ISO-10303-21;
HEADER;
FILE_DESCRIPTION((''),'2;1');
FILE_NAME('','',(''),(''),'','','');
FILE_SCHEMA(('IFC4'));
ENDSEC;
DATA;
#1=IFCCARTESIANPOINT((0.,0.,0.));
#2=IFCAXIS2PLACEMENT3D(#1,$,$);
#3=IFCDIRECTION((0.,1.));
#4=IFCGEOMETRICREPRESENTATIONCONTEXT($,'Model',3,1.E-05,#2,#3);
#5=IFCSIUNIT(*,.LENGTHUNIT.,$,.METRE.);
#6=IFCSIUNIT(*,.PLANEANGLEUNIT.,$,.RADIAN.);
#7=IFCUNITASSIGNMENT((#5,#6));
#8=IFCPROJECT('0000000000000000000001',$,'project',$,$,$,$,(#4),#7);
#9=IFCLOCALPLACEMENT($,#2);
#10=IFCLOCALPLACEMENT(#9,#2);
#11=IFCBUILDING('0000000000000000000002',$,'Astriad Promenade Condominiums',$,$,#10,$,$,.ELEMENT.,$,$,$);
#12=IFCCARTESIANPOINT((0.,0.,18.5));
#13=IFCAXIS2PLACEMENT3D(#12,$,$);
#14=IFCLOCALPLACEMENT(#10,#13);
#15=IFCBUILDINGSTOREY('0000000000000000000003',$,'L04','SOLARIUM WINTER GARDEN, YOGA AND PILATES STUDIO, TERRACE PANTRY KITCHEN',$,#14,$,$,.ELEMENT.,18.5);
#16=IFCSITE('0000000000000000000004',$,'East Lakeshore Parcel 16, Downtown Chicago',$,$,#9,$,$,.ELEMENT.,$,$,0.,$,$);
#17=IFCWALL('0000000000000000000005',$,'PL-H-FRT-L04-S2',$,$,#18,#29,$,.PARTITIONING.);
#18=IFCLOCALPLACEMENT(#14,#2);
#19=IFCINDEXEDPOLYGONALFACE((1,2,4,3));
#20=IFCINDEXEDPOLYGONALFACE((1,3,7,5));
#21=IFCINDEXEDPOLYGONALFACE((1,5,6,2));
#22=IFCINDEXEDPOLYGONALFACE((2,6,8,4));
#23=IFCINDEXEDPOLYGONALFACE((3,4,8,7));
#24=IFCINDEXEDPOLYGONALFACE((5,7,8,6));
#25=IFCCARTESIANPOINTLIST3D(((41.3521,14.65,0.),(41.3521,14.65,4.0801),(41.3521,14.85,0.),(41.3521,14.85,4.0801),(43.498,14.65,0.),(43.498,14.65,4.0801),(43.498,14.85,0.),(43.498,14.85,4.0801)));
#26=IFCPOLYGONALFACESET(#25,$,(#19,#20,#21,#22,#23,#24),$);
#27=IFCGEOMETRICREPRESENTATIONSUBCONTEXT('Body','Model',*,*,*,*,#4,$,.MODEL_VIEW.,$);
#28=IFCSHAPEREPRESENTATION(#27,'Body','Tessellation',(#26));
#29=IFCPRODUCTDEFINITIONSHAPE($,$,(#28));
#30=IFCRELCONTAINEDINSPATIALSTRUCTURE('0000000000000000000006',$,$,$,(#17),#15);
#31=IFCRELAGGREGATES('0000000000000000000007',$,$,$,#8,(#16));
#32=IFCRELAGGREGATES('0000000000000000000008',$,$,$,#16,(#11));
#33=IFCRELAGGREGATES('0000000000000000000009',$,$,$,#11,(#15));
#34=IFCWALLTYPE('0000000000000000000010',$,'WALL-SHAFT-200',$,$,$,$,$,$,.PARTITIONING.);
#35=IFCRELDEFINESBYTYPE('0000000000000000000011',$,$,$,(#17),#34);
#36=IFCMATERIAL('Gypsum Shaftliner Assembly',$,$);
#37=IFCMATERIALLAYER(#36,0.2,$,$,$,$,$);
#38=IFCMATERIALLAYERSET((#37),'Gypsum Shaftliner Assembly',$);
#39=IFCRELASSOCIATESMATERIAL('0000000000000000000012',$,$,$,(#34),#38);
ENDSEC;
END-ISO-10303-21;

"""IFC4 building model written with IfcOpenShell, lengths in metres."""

from ifc_helpers import new_model, si_unit, direction, frame, frame_2d, origin, place, context, subcontext, project, spatial, rectangle, extrude, material, layer, layer_set, type_object, element, save


model = new_model("IFC4")

# Units and contexts
model_context = context("Model", 3, precision=1e-05, world=origin(), true_north=direction((0.0, 1.0)))
body_context = subcontext(model_context, "Body", "Model", "MODEL_VIEW")
ifc_project = project(units=[si_unit("LENGTHUNIT", "METRE"), si_unit("PLANEANGLEUNIT", "RADIAN")], contexts=[model_context])

# Site, building, storey
site_placement = place(None, origin())
site = spatial("IfcSite", under=ifc_project, at=site_placement, Name="East Lakeshore Parcel 16, Downtown Chicago", CompositionType="ELEMENT", RefElevation=0.0)
building_placement = place(site_placement, origin())
building = spatial("IfcBuilding", under=site, at=building_placement, Name="Astriad Promenade Condominiums", CompositionType="ELEMENT")
storey_placement = place(building_placement, frame((0.0, 0.0, 18.5)))
storey = spatial("IfcBuildingStorey", under=building, at=storey_placement, Name="L04", Description="SOLARIUM WINTER GARDEN, YOGA AND PILATES STUDIO, TERRACE PANTRY KITCHEN", CompositionType="ELEMENT", Elevation=18.5)

# Wall
ifc_material_1 = material(Name="Gypsum Shaftliner Assembly")
ifc_layer_1 = layer(ifc_material_1, 0.2)
ifc_layer_set_1 = layer_set([ifc_layer_1], Name="Gypsum Shaftliner Assembly")
wall_type_1 = type_object("IfcWallType", Name="WALL-SHAFT-200", PredefinedType="PARTITIONING", material=ifc_layer_set_1)
for number, where, z_axis, x_axis, name in (
    (1, (41.3521, 14.75, 0.0), (0.0, 0.0, 1.0), (1.0, 0.0, 0.0), "PL-H-FRT-L04-S2"),
):
    element("IfcWall", number, at=place(storey_placement, frame(where, z_axis=z_axis, x_axis=x_axis)), inside=storey, type_object=wall_type_1, Name=name, PredefinedType="PARTITIONING", context=body_context, shape_type="SweptSolid", body=[
        extrude(rectangle(XDim=2.146, YDim=0.2, at=frame_2d((1.073, 0.0))), origin(), (0.0, 0.0, 1.0), 4.0801),
    ])

save(model, "model.ifc")
